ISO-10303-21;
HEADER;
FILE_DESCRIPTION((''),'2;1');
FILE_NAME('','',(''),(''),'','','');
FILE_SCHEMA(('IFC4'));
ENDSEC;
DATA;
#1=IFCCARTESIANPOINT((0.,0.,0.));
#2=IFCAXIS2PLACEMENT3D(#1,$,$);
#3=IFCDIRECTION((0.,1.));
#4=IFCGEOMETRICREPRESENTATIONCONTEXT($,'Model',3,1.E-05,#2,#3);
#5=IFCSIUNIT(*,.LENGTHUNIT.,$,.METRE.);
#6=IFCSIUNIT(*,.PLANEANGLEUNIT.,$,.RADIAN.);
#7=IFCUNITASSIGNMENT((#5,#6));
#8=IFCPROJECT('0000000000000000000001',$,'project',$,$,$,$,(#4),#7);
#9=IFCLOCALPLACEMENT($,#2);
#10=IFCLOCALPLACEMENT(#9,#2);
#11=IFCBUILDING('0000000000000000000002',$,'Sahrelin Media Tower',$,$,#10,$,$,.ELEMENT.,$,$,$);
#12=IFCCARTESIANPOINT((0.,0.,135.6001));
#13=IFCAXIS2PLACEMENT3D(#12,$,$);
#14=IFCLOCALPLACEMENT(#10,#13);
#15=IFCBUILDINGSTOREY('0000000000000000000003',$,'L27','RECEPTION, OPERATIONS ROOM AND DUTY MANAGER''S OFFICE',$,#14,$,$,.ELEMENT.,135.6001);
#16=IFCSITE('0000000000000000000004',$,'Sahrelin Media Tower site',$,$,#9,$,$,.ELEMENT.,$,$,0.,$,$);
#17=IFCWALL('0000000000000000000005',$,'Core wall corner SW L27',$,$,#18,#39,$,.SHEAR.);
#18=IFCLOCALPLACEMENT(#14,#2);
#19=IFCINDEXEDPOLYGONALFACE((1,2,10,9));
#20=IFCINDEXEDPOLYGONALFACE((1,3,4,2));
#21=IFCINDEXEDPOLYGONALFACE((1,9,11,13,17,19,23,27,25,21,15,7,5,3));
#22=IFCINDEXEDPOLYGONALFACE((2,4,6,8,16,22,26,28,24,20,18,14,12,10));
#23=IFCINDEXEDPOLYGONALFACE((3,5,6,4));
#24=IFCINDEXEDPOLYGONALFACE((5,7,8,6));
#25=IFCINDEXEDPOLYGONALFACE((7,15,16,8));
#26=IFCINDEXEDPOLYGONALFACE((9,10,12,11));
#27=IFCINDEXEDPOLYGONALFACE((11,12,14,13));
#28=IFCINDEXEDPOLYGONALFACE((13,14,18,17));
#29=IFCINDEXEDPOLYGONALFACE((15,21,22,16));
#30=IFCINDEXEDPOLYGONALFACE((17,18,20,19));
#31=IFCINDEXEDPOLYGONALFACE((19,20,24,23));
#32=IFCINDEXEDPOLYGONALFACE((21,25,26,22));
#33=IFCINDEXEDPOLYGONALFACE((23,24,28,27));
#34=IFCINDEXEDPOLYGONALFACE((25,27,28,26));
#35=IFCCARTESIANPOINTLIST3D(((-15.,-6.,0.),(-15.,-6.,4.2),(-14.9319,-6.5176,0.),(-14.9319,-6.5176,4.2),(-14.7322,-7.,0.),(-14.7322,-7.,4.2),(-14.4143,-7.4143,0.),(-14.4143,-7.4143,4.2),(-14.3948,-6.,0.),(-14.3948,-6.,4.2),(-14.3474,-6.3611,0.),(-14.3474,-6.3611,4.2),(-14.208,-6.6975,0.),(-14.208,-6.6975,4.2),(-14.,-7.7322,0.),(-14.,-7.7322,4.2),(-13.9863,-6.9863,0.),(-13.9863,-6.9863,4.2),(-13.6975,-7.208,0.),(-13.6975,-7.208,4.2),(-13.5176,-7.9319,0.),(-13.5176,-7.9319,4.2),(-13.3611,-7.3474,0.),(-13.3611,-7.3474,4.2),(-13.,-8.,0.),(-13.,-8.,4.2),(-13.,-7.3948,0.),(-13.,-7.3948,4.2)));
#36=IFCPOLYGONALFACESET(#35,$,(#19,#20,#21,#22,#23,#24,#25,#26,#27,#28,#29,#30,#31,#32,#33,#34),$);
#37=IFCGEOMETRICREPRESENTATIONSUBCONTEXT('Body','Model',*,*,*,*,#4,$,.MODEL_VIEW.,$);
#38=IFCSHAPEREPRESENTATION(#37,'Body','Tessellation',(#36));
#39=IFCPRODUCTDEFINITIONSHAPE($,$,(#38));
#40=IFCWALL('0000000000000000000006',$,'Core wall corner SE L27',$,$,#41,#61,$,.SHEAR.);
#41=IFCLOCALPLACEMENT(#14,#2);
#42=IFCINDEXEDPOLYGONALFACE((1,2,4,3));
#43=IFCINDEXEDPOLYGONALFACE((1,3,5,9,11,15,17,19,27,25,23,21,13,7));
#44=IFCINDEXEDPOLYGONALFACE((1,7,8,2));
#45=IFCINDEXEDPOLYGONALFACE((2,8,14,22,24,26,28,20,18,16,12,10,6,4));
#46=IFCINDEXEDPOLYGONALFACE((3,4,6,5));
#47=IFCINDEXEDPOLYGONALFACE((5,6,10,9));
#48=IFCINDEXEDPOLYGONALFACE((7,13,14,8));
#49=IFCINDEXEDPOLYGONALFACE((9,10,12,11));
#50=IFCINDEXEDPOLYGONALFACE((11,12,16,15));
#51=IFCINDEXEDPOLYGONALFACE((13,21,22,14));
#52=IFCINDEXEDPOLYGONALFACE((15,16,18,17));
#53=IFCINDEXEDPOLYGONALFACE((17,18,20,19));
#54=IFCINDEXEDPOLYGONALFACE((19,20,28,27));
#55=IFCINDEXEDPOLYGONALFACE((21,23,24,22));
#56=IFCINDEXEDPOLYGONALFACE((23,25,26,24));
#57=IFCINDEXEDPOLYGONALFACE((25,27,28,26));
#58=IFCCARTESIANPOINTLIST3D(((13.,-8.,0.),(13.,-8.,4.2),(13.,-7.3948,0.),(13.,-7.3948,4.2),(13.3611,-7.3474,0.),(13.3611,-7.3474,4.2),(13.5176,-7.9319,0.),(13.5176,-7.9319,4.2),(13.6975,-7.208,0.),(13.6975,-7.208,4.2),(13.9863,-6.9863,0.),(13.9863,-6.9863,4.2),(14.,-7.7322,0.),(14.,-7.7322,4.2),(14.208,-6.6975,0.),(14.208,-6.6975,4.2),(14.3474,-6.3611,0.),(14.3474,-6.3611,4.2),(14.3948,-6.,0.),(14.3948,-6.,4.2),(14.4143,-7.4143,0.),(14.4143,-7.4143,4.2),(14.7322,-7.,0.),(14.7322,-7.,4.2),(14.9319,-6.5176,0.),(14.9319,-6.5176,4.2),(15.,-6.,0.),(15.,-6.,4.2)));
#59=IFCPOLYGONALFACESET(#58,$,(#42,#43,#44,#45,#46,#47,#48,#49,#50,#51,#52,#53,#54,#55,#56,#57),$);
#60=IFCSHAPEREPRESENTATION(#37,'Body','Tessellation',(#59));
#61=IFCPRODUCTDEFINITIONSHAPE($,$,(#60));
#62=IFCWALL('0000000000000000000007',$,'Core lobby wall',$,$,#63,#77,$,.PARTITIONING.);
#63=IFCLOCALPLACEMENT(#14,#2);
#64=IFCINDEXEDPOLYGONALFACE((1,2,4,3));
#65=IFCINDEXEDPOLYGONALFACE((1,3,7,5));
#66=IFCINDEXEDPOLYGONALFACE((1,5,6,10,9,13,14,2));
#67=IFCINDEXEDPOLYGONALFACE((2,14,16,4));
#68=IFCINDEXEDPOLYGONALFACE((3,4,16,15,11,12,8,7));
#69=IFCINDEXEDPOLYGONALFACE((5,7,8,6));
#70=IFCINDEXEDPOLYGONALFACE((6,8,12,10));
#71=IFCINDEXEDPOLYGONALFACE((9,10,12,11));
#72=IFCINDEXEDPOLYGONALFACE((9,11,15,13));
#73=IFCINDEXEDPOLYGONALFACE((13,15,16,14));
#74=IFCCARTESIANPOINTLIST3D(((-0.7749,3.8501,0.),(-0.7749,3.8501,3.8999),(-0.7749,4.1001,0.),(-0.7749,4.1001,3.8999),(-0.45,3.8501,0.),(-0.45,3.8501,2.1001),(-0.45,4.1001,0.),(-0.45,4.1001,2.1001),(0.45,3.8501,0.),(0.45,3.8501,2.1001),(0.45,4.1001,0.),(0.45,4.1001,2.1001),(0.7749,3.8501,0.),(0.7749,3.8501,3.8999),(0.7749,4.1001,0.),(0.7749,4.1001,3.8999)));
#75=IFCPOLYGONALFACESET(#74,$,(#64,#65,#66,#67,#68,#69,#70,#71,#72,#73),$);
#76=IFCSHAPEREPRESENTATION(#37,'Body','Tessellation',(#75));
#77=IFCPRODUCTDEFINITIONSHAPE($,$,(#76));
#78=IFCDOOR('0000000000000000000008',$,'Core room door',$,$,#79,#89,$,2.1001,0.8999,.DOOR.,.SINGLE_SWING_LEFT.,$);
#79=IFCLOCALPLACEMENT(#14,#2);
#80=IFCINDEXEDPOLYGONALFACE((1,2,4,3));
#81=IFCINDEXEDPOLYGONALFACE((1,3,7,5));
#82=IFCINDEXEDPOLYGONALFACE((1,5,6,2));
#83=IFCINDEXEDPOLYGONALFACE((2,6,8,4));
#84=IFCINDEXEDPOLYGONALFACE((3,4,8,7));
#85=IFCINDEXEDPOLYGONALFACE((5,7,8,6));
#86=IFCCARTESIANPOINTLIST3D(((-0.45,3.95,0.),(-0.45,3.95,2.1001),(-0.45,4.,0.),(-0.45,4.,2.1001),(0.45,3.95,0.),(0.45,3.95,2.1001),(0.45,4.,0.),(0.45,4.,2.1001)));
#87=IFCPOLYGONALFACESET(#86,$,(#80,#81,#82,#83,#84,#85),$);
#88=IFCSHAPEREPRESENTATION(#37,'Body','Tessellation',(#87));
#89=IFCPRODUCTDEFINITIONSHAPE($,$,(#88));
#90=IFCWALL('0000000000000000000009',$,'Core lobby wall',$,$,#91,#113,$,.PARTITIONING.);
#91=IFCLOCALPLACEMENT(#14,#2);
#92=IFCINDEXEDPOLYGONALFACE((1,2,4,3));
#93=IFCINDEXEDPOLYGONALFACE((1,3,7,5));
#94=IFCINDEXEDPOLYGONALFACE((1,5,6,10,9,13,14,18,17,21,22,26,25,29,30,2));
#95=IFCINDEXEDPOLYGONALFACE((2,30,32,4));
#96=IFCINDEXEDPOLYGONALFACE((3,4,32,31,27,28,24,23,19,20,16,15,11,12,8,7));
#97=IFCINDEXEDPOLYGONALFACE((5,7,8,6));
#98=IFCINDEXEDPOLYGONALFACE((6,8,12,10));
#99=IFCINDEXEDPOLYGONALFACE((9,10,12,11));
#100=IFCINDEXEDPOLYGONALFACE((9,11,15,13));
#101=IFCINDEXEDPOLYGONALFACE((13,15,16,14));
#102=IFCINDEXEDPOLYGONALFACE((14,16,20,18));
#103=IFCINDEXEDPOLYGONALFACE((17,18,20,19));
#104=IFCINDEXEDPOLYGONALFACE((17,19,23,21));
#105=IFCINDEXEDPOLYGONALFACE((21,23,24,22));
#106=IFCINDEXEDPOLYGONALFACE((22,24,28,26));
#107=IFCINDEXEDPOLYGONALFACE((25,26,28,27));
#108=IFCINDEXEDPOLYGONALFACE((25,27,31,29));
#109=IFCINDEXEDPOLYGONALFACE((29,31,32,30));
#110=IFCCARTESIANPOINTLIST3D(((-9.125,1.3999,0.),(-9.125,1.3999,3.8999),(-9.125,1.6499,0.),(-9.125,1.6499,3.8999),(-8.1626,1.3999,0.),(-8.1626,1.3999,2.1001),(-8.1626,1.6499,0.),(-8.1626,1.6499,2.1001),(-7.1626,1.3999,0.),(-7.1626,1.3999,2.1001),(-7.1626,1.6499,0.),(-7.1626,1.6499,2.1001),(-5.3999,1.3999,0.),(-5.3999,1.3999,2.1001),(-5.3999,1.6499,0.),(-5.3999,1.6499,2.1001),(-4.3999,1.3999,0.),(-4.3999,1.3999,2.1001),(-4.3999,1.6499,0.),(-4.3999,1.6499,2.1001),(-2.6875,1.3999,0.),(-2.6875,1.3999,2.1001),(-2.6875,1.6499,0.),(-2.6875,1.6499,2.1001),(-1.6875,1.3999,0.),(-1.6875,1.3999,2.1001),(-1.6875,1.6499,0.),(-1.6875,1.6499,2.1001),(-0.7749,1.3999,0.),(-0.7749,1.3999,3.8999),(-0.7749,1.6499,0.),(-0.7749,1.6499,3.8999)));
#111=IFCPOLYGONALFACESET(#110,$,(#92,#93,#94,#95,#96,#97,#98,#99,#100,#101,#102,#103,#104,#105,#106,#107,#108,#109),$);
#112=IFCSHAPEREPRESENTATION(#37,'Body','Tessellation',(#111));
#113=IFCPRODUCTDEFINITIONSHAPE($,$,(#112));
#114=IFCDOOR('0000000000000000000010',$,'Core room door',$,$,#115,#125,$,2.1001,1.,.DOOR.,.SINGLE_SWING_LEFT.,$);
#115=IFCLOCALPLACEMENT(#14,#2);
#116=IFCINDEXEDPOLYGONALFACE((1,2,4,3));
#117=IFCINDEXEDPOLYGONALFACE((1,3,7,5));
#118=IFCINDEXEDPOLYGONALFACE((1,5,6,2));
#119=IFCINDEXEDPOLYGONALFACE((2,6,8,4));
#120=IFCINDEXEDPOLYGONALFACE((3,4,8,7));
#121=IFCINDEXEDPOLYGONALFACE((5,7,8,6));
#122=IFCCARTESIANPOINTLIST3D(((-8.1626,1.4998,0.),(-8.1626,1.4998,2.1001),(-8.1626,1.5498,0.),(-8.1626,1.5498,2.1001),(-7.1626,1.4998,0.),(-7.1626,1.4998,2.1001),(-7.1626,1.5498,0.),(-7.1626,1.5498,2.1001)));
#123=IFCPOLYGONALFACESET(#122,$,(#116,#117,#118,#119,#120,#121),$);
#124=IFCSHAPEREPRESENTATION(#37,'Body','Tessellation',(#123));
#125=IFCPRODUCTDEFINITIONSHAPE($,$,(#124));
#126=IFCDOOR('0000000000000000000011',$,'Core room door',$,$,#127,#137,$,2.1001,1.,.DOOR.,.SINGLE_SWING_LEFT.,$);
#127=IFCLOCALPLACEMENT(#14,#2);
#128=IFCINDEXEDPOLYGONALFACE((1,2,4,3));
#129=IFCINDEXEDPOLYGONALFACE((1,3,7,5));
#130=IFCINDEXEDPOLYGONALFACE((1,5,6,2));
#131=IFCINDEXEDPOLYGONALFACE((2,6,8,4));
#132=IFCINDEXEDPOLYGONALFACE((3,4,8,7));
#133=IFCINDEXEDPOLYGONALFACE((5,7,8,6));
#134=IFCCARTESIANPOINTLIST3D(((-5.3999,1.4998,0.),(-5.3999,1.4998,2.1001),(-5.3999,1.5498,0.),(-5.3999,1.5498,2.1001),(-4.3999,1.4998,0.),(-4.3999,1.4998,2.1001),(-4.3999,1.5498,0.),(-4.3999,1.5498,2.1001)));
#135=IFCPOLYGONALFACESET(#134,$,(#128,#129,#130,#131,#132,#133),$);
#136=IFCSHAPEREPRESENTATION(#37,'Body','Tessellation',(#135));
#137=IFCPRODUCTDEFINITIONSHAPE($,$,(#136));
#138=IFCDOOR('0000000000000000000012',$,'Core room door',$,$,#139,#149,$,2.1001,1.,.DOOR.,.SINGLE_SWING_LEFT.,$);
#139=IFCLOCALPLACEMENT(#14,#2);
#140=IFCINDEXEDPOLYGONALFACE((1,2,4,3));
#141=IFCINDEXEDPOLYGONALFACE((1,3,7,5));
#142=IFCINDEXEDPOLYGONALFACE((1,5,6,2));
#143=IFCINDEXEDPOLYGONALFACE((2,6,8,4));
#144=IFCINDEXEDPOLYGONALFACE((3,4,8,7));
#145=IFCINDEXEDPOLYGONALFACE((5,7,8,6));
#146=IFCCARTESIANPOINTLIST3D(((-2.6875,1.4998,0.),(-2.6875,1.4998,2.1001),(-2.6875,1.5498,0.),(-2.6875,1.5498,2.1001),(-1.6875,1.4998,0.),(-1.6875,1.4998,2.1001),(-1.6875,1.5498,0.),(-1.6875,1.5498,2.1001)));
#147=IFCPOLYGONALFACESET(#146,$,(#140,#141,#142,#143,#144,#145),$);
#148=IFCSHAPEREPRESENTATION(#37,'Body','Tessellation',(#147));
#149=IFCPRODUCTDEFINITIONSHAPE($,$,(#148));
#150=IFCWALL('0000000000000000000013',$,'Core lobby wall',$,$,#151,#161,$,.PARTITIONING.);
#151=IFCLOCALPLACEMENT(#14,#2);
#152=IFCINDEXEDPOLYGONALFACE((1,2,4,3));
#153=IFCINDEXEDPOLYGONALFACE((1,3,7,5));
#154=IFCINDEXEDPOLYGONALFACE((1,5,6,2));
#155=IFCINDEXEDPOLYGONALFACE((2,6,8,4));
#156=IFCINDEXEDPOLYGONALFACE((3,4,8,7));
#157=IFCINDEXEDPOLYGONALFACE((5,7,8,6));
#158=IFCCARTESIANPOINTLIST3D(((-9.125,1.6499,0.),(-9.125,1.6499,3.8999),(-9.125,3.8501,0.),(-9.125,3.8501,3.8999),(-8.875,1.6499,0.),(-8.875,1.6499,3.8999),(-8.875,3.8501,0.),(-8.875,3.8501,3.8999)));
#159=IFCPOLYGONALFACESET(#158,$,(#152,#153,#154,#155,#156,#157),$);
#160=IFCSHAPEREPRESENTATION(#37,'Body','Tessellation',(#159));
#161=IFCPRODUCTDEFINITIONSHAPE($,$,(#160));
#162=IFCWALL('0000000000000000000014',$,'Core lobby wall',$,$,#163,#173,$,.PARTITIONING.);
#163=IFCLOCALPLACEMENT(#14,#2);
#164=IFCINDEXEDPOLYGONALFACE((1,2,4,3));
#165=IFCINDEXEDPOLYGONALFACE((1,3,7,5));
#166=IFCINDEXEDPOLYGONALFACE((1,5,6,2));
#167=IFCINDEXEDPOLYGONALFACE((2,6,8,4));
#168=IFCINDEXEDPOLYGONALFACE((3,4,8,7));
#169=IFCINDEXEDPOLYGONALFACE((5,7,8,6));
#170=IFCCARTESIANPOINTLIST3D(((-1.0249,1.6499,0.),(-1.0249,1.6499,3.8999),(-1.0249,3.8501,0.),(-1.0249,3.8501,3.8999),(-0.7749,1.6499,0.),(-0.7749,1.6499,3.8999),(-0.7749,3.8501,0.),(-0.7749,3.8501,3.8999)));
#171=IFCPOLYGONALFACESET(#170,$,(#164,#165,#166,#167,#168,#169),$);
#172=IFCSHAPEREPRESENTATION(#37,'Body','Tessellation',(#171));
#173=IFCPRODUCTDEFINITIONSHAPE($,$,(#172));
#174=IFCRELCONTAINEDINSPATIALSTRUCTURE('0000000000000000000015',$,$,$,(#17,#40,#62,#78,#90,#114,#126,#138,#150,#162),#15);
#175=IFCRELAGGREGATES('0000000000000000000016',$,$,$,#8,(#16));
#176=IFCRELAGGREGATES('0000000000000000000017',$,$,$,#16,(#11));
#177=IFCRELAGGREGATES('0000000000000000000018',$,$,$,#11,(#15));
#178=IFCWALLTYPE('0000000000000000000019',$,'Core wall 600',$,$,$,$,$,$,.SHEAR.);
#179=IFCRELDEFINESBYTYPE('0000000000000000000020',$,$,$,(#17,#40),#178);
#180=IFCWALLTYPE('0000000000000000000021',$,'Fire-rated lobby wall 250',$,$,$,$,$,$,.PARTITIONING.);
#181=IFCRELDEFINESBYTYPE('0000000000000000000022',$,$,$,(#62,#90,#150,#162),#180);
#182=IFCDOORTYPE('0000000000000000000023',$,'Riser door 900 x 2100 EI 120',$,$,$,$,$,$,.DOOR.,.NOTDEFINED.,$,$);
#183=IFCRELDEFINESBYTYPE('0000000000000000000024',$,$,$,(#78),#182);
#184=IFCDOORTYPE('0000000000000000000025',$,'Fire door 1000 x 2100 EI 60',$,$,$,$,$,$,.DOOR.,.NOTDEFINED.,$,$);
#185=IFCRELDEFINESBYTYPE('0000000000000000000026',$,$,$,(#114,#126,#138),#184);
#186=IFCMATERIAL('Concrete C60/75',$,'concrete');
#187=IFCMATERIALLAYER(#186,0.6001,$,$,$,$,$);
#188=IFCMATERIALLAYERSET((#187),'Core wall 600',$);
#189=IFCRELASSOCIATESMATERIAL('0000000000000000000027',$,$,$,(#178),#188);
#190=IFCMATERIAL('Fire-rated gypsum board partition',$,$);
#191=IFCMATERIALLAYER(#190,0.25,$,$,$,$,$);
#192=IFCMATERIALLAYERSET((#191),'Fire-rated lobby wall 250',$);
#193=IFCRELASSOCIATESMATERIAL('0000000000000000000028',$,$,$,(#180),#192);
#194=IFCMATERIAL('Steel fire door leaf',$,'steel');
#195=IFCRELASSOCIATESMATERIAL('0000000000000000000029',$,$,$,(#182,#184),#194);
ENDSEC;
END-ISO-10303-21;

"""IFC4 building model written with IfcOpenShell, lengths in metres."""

from ifc_helpers import new_model, si_unit, direction, frame, frame_2d, origin, place, context, subcontext, project, spatial, polyline, rectangle, outline, extrude, material, layer, layer_set, type_object, element, fill, save


model = new_model("IFC4")

# Units and contexts
model_context = context("Model", 3, precision=1e-05, world=origin(), true_north=direction((0.0, 1.0)))
body_context = subcontext(model_context, "Body", "Model", "MODEL_VIEW")
ifc_project = project(units=[si_unit("LENGTHUNIT", "METRE"), si_unit("PLANEANGLEUNIT", "RADIAN")], contexts=[model_context])

# Site, building, storey
site_placement = place(None, origin())
site = spatial("IfcSite", under=ifc_project, at=site_placement, Name="Sahrelin Media Tower site", CompositionType="ELEMENT", RefElevation=0.0)
building_placement = place(site_placement, origin())
building = spatial("IfcBuilding", under=site, at=building_placement, Name="Sahrelin Media Tower", CompositionType="ELEMENT")
storey_placement = place(building_placement, frame((0.0, 0.0, 135.6001)))
storey = spatial("IfcBuildingStorey", under=building, at=storey_placement, Name="L27", Description="RECEPTION, OPERATIONS ROOM AND DUTY MANAGER'S OFFICE", CompositionType="ELEMENT", Elevation=135.6001)

# Walls
ifc_material_1 = material(Name="Concrete C60/75", Category="concrete")
ifc_layer_1 = layer(ifc_material_1, 0.6001)
ifc_layer_set_1 = layer_set([ifc_layer_1], Name="Core wall 600")
wall_type_1 = type_object("IfcWallType", Name="Core wall 600", PredefinedType="SHEAR", material=ifc_layer_set_1)
placement = place(storey_placement, origin())
element("IfcWall", 1, at=placement, inside=storey, type_object=wall_type_1, Name="Core wall corner SW L27", PredefinedType="SHEAR", context=body_context, shape_type="SweptSolid", body=[
    extrude(outline(polyline([(-13.0, -8.0), (-13.0, -7.3948), (-13.3611, -7.3474), (-13.6975, -7.208), (-13.9863, -6.9863), (-14.208, -6.6975), (-14.3474, -6.3611), (-14.3948, -6.0), (-15.0, -6.0), (-14.9319, -6.5176), (-14.7322, -7.0), (-14.4143, -7.4143), (-14.0, -7.7322), (-13.5176, -7.9319), (-13.0, -8.0)])), origin(), (0.0, 0.0, 1.0), 4.2),
])
element("IfcWall", 2, at=placement, inside=storey, type_object=wall_type_1, Name="Core wall corner SE L27", PredefinedType="SHEAR", context=body_context, shape_type="SweptSolid", body=[
    extrude(outline(polyline([(15.0, -6.0), (14.3948, -6.0), (14.3474, -6.3611), (14.208, -6.6975), (13.9863, -6.9863), (13.6975, -7.208), (13.3611, -7.3474), (13.0, -7.3948), (13.0, -8.0), (13.5176, -7.9319), (14.0, -7.7322), (14.4143, -7.4143), (14.7322, -7.0), (14.9319, -6.5176), (15.0, -6.0)])), origin(), (0.0, 0.0, 1.0), 4.2),
])

# Wall, opening, door
ifc_material_2 = material(Name="Fire-rated gypsum board partition")
ifc_layer_2 = layer(ifc_material_2, 0.25)
ifc_layer_set_2 = layer_set([ifc_layer_2], Name="Fire-rated lobby wall 250")
wall_type_2 = type_object("IfcWallType", Name="Fire-rated lobby wall 250", PredefinedType="PARTITIONING", material=ifc_layer_set_2)
wall_1_placement = place(storey_placement, frame((-0.7749, 3.9751, 0.0), z_axis=(0.0, 0.0, 1.0), x_axis=(1.0, 0.0, 0.0)))
wall_1 = element("IfcWall", 3, at=wall_1_placement, inside=storey, type_object=wall_type_2, Name="Core lobby wall", PredefinedType="PARTITIONING", context=body_context, shape_type="SweptSolid", body=[
    extrude(rectangle(XDim=1.5498, YDim=0.25, at=frame_2d((0.7749, 0.0))), origin(), (0.0, 0.0, 1.0), 3.8999),
])
opening_1_placement = place(wall_1_placement, frame((0.325, 0.0, 0.0)))
opening_1 = element("IfcOpeningElement", 4, at=opening_1_placement, cuts=wall_1, PredefinedType="OPENING", context=body_context, shape_type="SweptSolid", body=[
    extrude(rectangle(XDim=0.8999, YDim=2.1001, at=frame_2d((0.45, 1.05))), frame((0.0, 0.125, 0.0), z_axis=(0.0, -1.0, 0.0), x_axis=(1.0, 0.0, 0.0)), (0.0, 0.0, 1.0), 0.25),
])
ifc_material_3 = material(Name="Steel fire door leaf", Category="steel")
door_type_1 = type_object("IfcDoorType", Name="Riser door 900 x 2100 EI 120", OperationType="NOTDEFINED", PredefinedType="DOOR", material=ifc_material_3)
door_1_placement = place(opening_1_placement, origin())
door_1 = element("IfcDoor", 5, at=door_1_placement, inside=storey, type_object=door_type_1, Name="Core room door", OperationType="SINGLE_SWING_LEFT", OverallHeight=2.1001, OverallWidth=0.8999, PredefinedType="DOOR", context=body_context, shape_type="SweptSolid", body=[
    extrude(rectangle(XDim=0.8999, YDim=2.1001, at=frame_2d((0.45, 1.05))), frame((0.0, 0.0249, 0.0), z_axis=(0.0, -1.0, 0.0), x_axis=(1.0, 0.0, 0.0)), (0.0, 0.0, 1.0), 0.05),
])
fill(opening_1, door_1)

# Wall, openings, doors
wall_2_placement = place(storey_placement, frame((-9.125, 1.5249, 0.0), z_axis=(0.0, 0.0, 1.0), x_axis=(1.0, 0.0, 0.0)))
wall_2 = element("IfcWall", 6, at=wall_2_placement, inside=storey, type_object=wall_type_2, Name="Core lobby wall", PredefinedType="PARTITIONING", context=body_context, shape_type="SweptSolid", body=[
    extrude(rectangle(XDim=8.3501, YDim=0.25, at=frame_2d((4.175, 0.0))), origin(), (0.0, 0.0, 1.0), 3.8999),
])
opening_2_placement = place(wall_2_placement, frame((0.9624, 0.0, 0.0)))
opening_2 = element("IfcOpeningElement", 7, at=opening_2_placement, cuts=wall_2, PredefinedType="OPENING", context=body_context, shape_type="SweptSolid", body=[
    extrude(rectangle(XDim=1.0, YDim=2.1001, at=frame_2d((0.5, 1.05))), frame((0.0, 0.125, 0.0), z_axis=(0.0, -1.0, 0.0), x_axis=(1.0, 0.0, 0.0)), (0.0, 0.0, 1.0), 0.25),
])
opening_3_placement = place(wall_2_placement, frame((3.7251, 0.0, 0.0)))
opening_3 = element("IfcOpeningElement", 8, at=opening_3_placement, cuts=wall_2, PredefinedType="OPENING", context=body_context, shape_type="SweptSolid", body=[
    extrude(rectangle(XDim=1.0, YDim=2.1001, at=frame_2d((0.5, 1.05))), frame((0.0, 0.125, 0.0), z_axis=(0.0, -1.0, 0.0), x_axis=(1.0, 0.0, 0.0)), (0.0, 0.0, 1.0), 0.25),
])
opening_4_placement = place(wall_2_placement, frame((6.4375, 0.0, 0.0)))
opening_4 = element("IfcOpeningElement", 9, at=opening_4_placement, cuts=wall_2, PredefinedType="OPENING", context=body_context, shape_type="SweptSolid", body=[
    extrude(rectangle(XDim=1.0, YDim=2.1001, at=frame_2d((0.5, 1.05))), frame((0.0, 0.125, 0.0), z_axis=(0.0, -1.0, 0.0), x_axis=(1.0, 0.0, 0.0)), (0.0, 0.0, 1.0), 0.25),
])
door_type_2 = type_object("IfcDoorType", Name="Fire door 1000 x 2100 EI 60", OperationType="NOTDEFINED", PredefinedType="DOOR", material=ifc_material_3)
door_2_placement = place(opening_2_placement, origin())
door_2 = element("IfcDoor", 10, at=door_2_placement, inside=storey, type_object=door_type_2, Name="Core room door", OperationType="SINGLE_SWING_LEFT", OverallHeight=2.1001, OverallWidth=1.0, PredefinedType="DOOR", context=body_context, shape_type="SweptSolid", body=[
    extrude(rectangle(XDim=1.0, YDim=2.1001, at=frame_2d((0.5, 1.05))), frame((0.0, 0.0249, 0.0), z_axis=(0.0, -1.0, 0.0), x_axis=(1.0, 0.0, 0.0)), (0.0, 0.0, 1.0), 0.05),
])
fill(opening_2, door_2)
door_3_placement = place(opening_3_placement, origin())
door_3 = element("IfcDoor", 11, at=door_3_placement, inside=storey, type_object=door_type_2, Name="Core room door", OperationType="SINGLE_SWING_LEFT", OverallHeight=2.1001, OverallWidth=1.0, PredefinedType="DOOR", context=body_context, shape_type="SweptSolid", body=[
    extrude(rectangle(XDim=1.0, YDim=2.1001, at=frame_2d((0.5, 1.05))), frame((0.0, 0.0249, 0.0), z_axis=(0.0, -1.0, 0.0), x_axis=(1.0, 0.0, 0.0)), (0.0, 0.0, 1.0), 0.05),
])
fill(opening_3, door_3)
door_4_placement = place(opening_4_placement, origin())
door_4 = element("IfcDoor", 12, at=door_4_placement, inside=storey, type_object=door_type_2, Name="Core room door", OperationType="SINGLE_SWING_LEFT", OverallHeight=2.1001, OverallWidth=1.0, PredefinedType="DOOR", context=body_context, shape_type="SweptSolid", body=[
    extrude(rectangle(XDim=1.0, YDim=2.1001, at=frame_2d((0.5, 1.05))), frame((0.0, 0.0249, 0.0), z_axis=(0.0, -1.0, 0.0), x_axis=(1.0, 0.0, 0.0)), (0.0, 0.0, 1.0), 0.05),
])
fill(opening_4, door_4)

# Walls
for number, where, z_axis, x_axis, name in (
    (13, (-9.0, 1.6499, 0.0), (0.0, 0.0, 1.0), (0.0, 1.0, 0.0), "Core lobby wall"),
    (14, (-0.8999, 1.6499, 0.0), (0.0, 0.0, 1.0), (0.0, 1.0, 0.0), "Core lobby wall"),
):
    element("IfcWall", number, at=place(storey_placement, frame(where, z_axis=z_axis, x_axis=x_axis)), inside=storey, type_object=wall_type_2, Name=name, PredefinedType="PARTITIONING", context=body_context, shape_type="SweptSolid", body=[
        extrude(rectangle(XDim=2.2002, YDim=0.25, at=frame_2d((1.1001, 0.0))), origin(), (0.0, 0.0, 1.0), 3.8999),
    ])

save(model, "model.ifc")
